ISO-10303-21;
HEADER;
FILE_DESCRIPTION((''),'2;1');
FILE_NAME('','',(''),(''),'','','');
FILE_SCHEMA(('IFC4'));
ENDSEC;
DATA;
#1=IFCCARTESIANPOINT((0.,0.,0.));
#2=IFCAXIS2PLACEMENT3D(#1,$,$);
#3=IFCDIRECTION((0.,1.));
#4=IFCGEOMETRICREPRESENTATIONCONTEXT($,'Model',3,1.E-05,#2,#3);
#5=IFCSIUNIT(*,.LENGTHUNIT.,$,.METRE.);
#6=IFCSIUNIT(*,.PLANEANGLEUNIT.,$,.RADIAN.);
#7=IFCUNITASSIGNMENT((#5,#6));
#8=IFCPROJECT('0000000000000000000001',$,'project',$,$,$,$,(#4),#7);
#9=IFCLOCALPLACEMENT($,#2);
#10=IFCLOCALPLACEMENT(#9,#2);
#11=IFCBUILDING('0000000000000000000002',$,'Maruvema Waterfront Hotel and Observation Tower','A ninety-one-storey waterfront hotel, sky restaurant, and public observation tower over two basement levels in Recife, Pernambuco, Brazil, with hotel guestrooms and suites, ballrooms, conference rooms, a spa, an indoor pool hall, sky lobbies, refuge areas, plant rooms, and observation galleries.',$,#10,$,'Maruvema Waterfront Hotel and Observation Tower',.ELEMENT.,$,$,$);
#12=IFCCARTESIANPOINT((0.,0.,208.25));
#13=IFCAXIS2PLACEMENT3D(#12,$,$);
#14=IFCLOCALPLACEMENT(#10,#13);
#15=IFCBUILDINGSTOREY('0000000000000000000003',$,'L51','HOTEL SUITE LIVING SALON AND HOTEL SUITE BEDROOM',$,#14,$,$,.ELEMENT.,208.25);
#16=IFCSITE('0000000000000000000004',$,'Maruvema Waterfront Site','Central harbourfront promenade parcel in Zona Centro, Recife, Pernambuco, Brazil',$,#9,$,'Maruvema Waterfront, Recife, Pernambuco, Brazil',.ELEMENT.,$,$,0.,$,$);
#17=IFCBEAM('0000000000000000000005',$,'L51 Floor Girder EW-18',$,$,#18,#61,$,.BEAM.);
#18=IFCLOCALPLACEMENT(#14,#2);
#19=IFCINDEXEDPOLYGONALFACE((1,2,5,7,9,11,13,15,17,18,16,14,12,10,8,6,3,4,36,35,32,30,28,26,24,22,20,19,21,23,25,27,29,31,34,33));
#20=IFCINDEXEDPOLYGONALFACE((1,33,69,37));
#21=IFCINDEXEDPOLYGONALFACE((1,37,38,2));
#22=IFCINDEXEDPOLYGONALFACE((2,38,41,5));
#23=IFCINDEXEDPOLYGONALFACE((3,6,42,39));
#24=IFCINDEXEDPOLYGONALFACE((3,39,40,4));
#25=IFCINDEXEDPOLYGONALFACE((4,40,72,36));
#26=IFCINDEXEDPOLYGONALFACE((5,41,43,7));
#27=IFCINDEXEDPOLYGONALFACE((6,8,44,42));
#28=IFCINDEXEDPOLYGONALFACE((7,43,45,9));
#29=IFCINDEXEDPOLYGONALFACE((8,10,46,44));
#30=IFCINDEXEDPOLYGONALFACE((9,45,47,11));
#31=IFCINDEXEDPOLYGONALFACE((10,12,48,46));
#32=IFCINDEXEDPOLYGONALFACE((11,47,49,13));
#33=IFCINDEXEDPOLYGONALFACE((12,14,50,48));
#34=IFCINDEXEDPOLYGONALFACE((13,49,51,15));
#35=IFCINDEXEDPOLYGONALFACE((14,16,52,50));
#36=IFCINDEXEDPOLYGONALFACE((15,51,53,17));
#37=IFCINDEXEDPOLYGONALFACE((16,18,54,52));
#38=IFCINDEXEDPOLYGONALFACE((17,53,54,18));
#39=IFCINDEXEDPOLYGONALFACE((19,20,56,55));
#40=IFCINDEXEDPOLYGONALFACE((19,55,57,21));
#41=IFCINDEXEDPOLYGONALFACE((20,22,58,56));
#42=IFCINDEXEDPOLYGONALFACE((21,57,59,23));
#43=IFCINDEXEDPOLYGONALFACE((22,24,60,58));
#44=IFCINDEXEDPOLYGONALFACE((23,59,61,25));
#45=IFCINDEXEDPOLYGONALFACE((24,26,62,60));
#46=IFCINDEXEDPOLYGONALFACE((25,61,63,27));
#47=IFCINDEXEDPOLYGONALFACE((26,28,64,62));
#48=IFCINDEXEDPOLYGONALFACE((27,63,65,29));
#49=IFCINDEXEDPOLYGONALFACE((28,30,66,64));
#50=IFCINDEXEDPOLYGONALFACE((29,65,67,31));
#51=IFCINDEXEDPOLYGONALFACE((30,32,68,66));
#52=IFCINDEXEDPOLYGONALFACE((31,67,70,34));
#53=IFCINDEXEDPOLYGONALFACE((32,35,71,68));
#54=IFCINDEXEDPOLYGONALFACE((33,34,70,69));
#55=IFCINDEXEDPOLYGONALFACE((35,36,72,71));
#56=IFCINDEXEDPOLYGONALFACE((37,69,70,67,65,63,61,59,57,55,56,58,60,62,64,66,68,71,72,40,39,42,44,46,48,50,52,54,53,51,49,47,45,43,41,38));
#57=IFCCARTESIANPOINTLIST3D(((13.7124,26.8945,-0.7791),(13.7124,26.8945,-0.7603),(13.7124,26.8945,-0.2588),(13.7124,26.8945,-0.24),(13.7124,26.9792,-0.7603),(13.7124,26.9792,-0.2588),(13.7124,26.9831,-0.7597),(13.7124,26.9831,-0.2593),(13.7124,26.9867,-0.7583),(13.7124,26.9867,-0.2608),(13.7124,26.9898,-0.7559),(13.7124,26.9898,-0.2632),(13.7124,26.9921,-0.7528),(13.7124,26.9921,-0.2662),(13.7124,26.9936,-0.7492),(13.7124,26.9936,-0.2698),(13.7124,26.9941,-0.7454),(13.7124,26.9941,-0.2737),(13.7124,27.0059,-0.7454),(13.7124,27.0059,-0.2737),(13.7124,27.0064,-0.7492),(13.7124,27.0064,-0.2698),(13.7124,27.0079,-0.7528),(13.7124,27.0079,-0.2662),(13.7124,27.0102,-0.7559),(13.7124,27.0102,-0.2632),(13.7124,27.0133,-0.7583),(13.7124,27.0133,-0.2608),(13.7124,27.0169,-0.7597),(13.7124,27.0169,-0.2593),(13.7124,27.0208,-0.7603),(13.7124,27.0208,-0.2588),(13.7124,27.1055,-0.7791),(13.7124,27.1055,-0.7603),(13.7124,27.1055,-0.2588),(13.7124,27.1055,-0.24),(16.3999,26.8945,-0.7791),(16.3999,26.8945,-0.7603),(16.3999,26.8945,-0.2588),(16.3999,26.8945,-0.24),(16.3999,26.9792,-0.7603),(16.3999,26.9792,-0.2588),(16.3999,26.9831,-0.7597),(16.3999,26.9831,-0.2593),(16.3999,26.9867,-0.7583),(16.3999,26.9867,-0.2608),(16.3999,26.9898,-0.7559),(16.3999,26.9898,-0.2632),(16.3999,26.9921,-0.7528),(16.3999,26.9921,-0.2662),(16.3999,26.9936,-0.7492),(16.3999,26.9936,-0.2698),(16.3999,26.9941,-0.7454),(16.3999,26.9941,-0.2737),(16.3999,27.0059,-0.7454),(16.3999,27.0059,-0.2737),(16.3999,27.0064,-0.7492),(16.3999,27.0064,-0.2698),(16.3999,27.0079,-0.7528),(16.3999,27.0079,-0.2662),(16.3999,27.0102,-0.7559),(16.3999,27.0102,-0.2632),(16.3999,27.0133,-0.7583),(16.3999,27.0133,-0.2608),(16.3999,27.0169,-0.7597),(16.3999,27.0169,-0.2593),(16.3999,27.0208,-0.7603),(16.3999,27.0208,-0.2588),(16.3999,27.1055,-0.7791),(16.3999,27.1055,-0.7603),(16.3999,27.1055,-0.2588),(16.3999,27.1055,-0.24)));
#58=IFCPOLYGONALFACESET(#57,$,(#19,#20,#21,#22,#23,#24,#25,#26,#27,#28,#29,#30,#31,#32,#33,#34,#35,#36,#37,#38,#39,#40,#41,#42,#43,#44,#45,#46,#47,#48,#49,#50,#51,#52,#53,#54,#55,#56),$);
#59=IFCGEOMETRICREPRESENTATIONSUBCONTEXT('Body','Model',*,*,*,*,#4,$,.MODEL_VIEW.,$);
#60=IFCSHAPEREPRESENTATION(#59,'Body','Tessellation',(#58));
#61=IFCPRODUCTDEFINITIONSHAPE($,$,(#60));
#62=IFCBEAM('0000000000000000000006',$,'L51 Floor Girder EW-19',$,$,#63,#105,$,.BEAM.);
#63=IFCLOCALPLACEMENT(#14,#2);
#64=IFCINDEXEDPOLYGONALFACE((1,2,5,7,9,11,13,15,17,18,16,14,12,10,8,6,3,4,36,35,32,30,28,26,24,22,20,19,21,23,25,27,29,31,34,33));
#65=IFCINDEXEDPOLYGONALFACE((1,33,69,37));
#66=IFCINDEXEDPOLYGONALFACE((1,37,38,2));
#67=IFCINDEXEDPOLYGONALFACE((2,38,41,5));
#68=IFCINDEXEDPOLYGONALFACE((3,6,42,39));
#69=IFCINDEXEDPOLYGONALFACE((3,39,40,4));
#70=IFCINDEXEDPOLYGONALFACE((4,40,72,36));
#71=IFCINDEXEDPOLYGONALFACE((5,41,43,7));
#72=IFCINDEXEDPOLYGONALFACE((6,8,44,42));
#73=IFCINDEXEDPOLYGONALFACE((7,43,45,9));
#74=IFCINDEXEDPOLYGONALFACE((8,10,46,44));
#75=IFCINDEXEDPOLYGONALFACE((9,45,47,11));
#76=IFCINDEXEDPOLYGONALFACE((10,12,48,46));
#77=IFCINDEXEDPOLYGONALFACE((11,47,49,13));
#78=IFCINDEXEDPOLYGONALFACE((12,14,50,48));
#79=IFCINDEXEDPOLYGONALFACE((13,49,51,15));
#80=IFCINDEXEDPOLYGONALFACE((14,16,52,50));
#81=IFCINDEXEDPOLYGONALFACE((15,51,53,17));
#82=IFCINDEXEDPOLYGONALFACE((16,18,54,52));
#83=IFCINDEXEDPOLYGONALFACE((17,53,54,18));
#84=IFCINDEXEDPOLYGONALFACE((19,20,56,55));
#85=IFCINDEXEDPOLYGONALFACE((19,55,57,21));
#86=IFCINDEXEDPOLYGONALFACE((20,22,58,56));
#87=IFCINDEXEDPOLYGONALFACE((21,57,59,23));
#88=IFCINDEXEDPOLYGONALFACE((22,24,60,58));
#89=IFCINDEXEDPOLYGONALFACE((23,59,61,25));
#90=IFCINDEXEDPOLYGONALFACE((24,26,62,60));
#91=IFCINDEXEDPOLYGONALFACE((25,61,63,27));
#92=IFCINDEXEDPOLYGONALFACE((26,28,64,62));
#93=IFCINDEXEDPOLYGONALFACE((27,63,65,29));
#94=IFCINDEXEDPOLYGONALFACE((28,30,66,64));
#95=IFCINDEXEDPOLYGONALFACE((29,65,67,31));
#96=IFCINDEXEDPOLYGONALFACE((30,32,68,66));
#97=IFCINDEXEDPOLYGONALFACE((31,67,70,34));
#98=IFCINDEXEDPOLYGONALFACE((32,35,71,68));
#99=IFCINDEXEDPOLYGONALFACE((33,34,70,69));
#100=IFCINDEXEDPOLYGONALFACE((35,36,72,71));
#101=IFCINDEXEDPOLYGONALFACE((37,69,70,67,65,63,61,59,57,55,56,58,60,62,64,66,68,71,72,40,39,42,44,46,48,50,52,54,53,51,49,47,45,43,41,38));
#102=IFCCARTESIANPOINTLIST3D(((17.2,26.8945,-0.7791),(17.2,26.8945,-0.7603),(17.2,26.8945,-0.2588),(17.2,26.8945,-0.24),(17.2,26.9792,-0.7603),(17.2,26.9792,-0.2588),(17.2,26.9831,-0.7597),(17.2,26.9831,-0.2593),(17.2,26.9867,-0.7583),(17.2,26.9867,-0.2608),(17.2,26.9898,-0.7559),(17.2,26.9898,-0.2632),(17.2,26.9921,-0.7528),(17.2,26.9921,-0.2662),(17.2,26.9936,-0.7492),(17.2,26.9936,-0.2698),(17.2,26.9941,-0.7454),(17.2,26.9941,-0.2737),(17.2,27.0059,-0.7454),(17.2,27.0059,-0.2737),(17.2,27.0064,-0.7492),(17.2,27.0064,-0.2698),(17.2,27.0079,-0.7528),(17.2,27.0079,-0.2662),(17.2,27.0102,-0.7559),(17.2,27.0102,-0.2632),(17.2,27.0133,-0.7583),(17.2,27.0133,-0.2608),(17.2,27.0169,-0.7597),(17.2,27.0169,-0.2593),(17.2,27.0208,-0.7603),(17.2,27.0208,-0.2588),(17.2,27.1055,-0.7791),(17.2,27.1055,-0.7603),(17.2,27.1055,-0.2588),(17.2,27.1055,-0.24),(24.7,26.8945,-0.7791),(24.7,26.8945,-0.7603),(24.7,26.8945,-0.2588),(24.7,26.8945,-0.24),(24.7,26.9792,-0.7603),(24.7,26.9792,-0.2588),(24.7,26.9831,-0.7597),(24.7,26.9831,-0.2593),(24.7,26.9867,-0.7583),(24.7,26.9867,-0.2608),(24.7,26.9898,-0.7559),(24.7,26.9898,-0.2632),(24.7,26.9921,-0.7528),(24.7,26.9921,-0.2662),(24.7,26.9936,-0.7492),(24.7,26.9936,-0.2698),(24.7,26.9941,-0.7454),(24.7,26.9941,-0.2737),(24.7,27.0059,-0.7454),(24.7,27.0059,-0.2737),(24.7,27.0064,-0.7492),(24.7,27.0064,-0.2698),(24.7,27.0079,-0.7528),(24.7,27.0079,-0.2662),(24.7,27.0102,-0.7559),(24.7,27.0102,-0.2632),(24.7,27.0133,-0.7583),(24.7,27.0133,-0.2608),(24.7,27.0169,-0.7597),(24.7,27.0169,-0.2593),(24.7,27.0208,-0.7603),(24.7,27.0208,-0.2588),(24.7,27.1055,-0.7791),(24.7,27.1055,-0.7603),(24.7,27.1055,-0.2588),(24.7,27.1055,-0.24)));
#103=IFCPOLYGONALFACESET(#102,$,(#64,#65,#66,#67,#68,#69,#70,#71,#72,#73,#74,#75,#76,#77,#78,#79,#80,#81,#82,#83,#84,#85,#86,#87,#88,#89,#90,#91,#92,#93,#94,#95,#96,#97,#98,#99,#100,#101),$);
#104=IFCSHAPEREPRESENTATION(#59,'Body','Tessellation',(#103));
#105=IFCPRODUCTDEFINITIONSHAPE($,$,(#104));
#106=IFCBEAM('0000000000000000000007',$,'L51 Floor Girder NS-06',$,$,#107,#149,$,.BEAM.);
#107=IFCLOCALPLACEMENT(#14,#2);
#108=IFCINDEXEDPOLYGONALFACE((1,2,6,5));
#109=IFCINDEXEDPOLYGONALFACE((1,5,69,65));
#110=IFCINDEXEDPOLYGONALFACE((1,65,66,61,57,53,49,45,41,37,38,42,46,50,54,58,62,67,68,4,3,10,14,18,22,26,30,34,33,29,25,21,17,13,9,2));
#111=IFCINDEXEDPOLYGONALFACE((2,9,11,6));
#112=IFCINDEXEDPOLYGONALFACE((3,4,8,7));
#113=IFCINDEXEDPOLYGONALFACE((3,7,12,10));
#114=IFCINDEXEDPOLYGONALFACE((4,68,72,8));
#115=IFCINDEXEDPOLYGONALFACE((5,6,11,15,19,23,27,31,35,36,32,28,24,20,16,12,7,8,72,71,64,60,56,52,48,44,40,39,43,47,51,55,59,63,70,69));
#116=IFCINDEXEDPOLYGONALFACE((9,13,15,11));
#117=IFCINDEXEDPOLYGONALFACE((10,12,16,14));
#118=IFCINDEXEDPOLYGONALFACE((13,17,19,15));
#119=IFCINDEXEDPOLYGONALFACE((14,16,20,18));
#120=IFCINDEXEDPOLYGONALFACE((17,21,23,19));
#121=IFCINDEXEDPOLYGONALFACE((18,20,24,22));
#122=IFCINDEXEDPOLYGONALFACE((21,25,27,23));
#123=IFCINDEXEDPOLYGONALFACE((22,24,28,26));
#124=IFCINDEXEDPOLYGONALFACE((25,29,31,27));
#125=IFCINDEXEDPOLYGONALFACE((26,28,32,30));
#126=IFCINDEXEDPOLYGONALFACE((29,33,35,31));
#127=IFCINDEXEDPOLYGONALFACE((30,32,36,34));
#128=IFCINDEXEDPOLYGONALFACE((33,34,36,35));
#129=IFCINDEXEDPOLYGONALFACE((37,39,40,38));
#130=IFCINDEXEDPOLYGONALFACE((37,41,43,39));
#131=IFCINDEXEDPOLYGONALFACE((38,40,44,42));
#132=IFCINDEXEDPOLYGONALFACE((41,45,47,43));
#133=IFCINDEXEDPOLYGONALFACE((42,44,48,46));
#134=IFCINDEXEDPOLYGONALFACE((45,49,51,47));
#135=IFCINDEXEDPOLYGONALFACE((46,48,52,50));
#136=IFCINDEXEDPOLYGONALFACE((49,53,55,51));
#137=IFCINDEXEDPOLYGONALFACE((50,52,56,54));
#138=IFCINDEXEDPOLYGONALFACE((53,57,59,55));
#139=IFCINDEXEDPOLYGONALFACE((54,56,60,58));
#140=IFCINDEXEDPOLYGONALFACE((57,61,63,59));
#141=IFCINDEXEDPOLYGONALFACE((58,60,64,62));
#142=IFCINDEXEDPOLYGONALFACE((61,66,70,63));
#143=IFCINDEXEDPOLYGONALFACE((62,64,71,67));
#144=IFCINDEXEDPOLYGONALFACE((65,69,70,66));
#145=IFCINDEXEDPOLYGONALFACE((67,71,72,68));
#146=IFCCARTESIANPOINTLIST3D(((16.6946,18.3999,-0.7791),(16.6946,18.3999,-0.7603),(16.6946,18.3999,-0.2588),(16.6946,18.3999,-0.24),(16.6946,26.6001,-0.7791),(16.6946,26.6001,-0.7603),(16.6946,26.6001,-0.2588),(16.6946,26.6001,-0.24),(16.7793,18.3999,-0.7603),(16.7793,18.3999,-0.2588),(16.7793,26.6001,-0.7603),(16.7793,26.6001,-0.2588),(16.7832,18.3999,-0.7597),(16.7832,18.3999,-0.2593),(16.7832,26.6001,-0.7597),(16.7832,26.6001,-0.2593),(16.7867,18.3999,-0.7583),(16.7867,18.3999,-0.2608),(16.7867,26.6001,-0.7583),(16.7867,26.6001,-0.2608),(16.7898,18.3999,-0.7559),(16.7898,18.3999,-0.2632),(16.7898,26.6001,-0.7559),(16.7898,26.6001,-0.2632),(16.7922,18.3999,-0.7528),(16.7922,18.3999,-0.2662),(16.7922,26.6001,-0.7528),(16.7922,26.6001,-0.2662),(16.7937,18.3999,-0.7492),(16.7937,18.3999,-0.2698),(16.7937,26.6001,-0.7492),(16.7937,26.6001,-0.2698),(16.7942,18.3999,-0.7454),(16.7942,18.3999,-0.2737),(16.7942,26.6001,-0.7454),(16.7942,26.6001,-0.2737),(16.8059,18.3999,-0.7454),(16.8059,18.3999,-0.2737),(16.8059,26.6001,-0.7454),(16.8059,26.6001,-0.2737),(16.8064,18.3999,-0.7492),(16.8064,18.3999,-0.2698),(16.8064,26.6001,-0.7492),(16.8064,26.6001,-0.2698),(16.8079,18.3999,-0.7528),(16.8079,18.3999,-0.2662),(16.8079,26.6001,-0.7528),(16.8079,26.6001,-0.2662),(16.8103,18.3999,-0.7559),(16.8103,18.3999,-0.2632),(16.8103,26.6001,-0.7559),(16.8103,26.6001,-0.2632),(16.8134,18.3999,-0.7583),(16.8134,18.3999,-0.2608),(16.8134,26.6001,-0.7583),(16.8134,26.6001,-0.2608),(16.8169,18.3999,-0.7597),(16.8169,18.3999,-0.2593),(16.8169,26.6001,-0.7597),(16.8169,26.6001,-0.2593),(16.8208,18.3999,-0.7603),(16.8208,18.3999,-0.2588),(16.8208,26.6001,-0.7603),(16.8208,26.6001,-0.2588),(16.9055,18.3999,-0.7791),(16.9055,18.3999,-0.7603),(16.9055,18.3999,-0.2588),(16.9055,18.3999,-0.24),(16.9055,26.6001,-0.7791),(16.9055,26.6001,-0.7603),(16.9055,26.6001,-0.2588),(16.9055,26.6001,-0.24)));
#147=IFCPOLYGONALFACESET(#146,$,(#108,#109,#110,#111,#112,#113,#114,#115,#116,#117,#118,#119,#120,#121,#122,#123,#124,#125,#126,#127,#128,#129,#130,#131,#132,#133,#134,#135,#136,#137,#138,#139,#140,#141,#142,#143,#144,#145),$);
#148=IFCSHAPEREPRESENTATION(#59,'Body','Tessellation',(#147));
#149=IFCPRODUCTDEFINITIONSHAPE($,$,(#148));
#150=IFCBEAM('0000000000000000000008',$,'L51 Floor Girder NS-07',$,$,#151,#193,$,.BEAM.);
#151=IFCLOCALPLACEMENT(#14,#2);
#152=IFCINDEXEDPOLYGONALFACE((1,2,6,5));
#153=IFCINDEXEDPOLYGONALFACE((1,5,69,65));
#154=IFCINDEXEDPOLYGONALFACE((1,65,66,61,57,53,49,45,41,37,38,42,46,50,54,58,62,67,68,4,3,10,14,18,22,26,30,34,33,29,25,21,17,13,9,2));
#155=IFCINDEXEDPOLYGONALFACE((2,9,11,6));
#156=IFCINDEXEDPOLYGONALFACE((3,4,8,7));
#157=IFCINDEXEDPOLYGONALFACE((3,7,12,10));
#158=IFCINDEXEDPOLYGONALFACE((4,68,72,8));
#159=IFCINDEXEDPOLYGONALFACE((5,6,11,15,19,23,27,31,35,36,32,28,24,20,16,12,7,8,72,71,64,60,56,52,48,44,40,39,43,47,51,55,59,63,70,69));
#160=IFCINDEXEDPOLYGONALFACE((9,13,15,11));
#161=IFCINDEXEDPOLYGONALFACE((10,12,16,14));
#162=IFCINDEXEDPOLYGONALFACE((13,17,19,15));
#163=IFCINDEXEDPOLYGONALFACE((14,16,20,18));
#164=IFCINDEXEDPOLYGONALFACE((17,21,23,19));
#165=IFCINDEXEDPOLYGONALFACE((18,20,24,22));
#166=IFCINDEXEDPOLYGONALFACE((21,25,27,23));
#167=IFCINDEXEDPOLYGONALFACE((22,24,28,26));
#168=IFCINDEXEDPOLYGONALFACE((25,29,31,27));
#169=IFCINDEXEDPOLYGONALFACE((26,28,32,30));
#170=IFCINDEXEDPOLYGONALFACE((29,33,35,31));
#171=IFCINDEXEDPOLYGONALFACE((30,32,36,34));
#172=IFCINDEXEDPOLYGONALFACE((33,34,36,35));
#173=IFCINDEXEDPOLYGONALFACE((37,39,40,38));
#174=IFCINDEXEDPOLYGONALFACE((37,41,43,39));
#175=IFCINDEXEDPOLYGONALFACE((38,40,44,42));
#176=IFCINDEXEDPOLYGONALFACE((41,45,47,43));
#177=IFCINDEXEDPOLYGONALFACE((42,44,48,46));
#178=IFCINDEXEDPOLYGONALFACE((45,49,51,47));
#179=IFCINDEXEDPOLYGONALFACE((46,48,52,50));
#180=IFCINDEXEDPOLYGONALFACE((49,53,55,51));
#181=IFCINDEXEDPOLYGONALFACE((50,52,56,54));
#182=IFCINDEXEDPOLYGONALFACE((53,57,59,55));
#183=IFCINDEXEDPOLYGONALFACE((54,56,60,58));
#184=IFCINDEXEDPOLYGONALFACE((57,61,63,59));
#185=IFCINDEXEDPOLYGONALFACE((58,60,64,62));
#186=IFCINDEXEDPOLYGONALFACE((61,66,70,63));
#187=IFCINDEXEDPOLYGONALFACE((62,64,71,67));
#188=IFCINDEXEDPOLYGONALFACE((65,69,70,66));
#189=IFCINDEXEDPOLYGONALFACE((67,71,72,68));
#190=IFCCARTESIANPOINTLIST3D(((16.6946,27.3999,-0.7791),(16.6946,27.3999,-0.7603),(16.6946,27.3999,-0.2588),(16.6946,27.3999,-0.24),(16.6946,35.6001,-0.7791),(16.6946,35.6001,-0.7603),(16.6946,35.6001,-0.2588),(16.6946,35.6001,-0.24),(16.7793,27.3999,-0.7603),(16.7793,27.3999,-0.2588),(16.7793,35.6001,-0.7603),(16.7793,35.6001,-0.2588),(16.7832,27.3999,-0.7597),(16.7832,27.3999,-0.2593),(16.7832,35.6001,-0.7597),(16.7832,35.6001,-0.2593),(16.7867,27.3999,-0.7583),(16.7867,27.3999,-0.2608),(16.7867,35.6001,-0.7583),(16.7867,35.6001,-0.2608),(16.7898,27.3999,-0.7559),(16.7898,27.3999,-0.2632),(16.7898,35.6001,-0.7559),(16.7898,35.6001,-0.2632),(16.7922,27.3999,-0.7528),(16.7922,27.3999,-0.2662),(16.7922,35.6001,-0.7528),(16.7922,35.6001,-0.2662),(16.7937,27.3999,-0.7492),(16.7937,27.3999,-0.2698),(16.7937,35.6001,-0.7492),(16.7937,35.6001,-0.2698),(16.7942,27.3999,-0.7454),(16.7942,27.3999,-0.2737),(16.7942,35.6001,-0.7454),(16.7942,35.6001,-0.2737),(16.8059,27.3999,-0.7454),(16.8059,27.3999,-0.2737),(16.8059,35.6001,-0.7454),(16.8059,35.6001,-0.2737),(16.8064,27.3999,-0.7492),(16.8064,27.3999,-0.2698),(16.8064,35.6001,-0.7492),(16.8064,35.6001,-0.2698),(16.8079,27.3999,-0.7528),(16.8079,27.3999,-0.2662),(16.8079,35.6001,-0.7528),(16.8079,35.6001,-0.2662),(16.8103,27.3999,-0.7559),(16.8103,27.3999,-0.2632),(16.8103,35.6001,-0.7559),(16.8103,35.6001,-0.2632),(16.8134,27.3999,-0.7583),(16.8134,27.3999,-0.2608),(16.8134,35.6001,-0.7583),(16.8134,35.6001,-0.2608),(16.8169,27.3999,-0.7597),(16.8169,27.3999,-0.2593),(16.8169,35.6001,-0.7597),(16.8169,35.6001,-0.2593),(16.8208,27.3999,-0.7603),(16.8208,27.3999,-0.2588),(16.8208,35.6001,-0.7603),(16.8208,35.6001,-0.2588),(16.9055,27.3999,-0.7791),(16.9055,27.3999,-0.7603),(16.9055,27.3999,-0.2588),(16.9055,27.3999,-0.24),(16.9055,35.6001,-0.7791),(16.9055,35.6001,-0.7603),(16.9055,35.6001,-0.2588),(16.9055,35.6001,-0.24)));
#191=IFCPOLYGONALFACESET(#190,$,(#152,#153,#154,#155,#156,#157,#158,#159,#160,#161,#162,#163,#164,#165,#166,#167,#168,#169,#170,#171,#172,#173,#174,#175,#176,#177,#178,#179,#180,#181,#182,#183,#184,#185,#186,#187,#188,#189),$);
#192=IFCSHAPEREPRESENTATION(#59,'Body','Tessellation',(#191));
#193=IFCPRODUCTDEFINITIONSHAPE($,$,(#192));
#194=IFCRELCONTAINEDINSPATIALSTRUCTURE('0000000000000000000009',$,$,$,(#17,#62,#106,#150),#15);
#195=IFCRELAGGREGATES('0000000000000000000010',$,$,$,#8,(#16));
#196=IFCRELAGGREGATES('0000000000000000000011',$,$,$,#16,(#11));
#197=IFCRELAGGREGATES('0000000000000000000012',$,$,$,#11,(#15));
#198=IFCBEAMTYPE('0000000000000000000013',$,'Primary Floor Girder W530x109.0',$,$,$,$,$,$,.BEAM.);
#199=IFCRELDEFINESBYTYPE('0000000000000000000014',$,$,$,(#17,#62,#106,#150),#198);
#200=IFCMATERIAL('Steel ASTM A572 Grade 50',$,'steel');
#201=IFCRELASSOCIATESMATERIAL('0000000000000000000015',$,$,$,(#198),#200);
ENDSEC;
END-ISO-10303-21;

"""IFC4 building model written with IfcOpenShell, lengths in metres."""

from ifc_helpers import new_model, si_unit, direction, frame, origin, origin_2d, place, context, subcontext, project, spatial, i_section, extrude, material, material_profile, profile_set, type_object, element, save


model = new_model("IFC4")

# Units and contexts
model_context = context("Model", 3, precision=1e-05, world=origin(), true_north=direction((0.0, 1.0)))
body_context = subcontext(model_context, "Body", "Model", "MODEL_VIEW")
ifc_project = project(units=[si_unit("LENGTHUNIT", "METRE"), si_unit("PLANEANGLEUNIT", "RADIAN")], contexts=[model_context])

# Site, building, storey
site_placement = place(None, origin())
site = spatial("IfcSite", under=ifc_project, at=site_placement, Name="Maruvema Waterfront Site", Description="Central harbourfront promenade parcel in Zona Centro, Recife, Pernambuco, Brazil", LongName="Maruvema Waterfront, Recife, Pernambuco, Brazil", CompositionType="ELEMENT", RefElevation=0.0)
building_placement = place(site_placement, origin())
building = spatial("IfcBuilding", under=site, at=building_placement, Name="Maruvema Waterfront Hotel and Observation Tower", Description="A ninety-one-storey waterfront hotel, sky restaurant, and public observation tower over two basement levels in Recife, Pernambuco, Brazil, with hotel guestrooms and suites, ballrooms, conference rooms, a spa, an indoor pool hall, sky lobbies, refuge areas, plant rooms, and observation galleries.", LongName="Maruvema Waterfront Hotel and Observation Tower", CompositionType="ELEMENT")
storey_placement = place(building_placement, frame((0.0, 0.0, 208.25)))
storey = spatial("IfcBuildingStorey", under=building, at=storey_placement, Name="L51", Description="HOTEL SUITE LIVING SALON AND HOTEL SUITE BEDROOM", CompositionType="ELEMENT", Elevation=208.25)

# Beams
ifc_material_1 = material(Name="Steel ASTM A572 Grade 50", Category="steel")
ifc_material_profile_1 = material_profile(ifc_material_1, i_section(OverallWidth=0.2109, OverallDepth=0.5391, WebThickness=0.0117, FlangeThickness=0.0188, FilletRadius=0.0149, at=origin_2d()), Name="W530x109.0")
ifc_profile_set_1 = profile_set([ifc_material_profile_1], Name="Steel ASTM A572 Grade 50")
beam_type_1 = type_object("IfcBeamType", Name="Primary Floor Girder W530x109.0", PredefinedType="BEAM", material=ifc_profile_set_1)
beam_1_placement = place(storey_placement, frame((13.7124, 27.0, -0.5095), z_axis=(1.0, 0.0, 0.0), x_axis=(0.0, 1.0, 0.0)))
element("IfcBeam", 1, at=beam_1_placement, inside=storey, type_object=beam_type_1, Name="L51 Floor Girder EW-18", PredefinedType="BEAM", context=body_context, shape_type="SweptSolid", body=[
    extrude(i_section(OverallWidth=0.2109, OverallDepth=0.5391, WebThickness=0.0117, FlangeThickness=0.0188, FilletRadius=0.0149, at=origin_2d()), origin(), (0.0, 0.0, 1.0), 2.6875),
])
beam_2_placement = place(storey_placement, frame((17.2, 27.0, -0.5095), z_axis=(1.0, 0.0, 0.0), x_axis=(0.0, 1.0, 0.0)))
element("IfcBeam", 2, at=beam_2_placement, inside=storey, type_object=beam_type_1, Name="L51 Floor Girder EW-19", PredefinedType="BEAM", context=body_context, shape_type="SweptSolid", body=[
    extrude(i_section(OverallWidth=0.2109, OverallDepth=0.5391, WebThickness=0.0117, FlangeThickness=0.0188, FilletRadius=0.0149, at=origin_2d()), origin(), (0.0, 0.0, 1.0), 7.5),
])
for number, where, z_axis, x_axis, name in (
    (3, (16.8, 18.3999, -0.5095), (0.0, 1.0, 0.0), (-1.0, 0.0, 0.0), "L51 Floor Girder NS-06"),
    (4, (16.8, 27.3999, -0.5095), (0.0, 1.0, 0.0), (-1.0, 0.0, 0.0), "L51 Floor Girder NS-07"),
):
    element("IfcBeam", number, at=place(storey_placement, frame(where, z_axis=z_axis, x_axis=x_axis)), inside=storey, type_object=beam_type_1, Name=name, PredefinedType="BEAM", context=body_context, shape_type="SweptSolid", body=[
        extrude(i_section(OverallWidth=0.2109, OverallDepth=0.5391, WebThickness=0.0117, FlangeThickness=0.0188, FilletRadius=0.0149, at=origin_2d()), origin(), (0.0, 0.0, 1.0), 8.2002),
    ])

save(model, "model.ifc")
